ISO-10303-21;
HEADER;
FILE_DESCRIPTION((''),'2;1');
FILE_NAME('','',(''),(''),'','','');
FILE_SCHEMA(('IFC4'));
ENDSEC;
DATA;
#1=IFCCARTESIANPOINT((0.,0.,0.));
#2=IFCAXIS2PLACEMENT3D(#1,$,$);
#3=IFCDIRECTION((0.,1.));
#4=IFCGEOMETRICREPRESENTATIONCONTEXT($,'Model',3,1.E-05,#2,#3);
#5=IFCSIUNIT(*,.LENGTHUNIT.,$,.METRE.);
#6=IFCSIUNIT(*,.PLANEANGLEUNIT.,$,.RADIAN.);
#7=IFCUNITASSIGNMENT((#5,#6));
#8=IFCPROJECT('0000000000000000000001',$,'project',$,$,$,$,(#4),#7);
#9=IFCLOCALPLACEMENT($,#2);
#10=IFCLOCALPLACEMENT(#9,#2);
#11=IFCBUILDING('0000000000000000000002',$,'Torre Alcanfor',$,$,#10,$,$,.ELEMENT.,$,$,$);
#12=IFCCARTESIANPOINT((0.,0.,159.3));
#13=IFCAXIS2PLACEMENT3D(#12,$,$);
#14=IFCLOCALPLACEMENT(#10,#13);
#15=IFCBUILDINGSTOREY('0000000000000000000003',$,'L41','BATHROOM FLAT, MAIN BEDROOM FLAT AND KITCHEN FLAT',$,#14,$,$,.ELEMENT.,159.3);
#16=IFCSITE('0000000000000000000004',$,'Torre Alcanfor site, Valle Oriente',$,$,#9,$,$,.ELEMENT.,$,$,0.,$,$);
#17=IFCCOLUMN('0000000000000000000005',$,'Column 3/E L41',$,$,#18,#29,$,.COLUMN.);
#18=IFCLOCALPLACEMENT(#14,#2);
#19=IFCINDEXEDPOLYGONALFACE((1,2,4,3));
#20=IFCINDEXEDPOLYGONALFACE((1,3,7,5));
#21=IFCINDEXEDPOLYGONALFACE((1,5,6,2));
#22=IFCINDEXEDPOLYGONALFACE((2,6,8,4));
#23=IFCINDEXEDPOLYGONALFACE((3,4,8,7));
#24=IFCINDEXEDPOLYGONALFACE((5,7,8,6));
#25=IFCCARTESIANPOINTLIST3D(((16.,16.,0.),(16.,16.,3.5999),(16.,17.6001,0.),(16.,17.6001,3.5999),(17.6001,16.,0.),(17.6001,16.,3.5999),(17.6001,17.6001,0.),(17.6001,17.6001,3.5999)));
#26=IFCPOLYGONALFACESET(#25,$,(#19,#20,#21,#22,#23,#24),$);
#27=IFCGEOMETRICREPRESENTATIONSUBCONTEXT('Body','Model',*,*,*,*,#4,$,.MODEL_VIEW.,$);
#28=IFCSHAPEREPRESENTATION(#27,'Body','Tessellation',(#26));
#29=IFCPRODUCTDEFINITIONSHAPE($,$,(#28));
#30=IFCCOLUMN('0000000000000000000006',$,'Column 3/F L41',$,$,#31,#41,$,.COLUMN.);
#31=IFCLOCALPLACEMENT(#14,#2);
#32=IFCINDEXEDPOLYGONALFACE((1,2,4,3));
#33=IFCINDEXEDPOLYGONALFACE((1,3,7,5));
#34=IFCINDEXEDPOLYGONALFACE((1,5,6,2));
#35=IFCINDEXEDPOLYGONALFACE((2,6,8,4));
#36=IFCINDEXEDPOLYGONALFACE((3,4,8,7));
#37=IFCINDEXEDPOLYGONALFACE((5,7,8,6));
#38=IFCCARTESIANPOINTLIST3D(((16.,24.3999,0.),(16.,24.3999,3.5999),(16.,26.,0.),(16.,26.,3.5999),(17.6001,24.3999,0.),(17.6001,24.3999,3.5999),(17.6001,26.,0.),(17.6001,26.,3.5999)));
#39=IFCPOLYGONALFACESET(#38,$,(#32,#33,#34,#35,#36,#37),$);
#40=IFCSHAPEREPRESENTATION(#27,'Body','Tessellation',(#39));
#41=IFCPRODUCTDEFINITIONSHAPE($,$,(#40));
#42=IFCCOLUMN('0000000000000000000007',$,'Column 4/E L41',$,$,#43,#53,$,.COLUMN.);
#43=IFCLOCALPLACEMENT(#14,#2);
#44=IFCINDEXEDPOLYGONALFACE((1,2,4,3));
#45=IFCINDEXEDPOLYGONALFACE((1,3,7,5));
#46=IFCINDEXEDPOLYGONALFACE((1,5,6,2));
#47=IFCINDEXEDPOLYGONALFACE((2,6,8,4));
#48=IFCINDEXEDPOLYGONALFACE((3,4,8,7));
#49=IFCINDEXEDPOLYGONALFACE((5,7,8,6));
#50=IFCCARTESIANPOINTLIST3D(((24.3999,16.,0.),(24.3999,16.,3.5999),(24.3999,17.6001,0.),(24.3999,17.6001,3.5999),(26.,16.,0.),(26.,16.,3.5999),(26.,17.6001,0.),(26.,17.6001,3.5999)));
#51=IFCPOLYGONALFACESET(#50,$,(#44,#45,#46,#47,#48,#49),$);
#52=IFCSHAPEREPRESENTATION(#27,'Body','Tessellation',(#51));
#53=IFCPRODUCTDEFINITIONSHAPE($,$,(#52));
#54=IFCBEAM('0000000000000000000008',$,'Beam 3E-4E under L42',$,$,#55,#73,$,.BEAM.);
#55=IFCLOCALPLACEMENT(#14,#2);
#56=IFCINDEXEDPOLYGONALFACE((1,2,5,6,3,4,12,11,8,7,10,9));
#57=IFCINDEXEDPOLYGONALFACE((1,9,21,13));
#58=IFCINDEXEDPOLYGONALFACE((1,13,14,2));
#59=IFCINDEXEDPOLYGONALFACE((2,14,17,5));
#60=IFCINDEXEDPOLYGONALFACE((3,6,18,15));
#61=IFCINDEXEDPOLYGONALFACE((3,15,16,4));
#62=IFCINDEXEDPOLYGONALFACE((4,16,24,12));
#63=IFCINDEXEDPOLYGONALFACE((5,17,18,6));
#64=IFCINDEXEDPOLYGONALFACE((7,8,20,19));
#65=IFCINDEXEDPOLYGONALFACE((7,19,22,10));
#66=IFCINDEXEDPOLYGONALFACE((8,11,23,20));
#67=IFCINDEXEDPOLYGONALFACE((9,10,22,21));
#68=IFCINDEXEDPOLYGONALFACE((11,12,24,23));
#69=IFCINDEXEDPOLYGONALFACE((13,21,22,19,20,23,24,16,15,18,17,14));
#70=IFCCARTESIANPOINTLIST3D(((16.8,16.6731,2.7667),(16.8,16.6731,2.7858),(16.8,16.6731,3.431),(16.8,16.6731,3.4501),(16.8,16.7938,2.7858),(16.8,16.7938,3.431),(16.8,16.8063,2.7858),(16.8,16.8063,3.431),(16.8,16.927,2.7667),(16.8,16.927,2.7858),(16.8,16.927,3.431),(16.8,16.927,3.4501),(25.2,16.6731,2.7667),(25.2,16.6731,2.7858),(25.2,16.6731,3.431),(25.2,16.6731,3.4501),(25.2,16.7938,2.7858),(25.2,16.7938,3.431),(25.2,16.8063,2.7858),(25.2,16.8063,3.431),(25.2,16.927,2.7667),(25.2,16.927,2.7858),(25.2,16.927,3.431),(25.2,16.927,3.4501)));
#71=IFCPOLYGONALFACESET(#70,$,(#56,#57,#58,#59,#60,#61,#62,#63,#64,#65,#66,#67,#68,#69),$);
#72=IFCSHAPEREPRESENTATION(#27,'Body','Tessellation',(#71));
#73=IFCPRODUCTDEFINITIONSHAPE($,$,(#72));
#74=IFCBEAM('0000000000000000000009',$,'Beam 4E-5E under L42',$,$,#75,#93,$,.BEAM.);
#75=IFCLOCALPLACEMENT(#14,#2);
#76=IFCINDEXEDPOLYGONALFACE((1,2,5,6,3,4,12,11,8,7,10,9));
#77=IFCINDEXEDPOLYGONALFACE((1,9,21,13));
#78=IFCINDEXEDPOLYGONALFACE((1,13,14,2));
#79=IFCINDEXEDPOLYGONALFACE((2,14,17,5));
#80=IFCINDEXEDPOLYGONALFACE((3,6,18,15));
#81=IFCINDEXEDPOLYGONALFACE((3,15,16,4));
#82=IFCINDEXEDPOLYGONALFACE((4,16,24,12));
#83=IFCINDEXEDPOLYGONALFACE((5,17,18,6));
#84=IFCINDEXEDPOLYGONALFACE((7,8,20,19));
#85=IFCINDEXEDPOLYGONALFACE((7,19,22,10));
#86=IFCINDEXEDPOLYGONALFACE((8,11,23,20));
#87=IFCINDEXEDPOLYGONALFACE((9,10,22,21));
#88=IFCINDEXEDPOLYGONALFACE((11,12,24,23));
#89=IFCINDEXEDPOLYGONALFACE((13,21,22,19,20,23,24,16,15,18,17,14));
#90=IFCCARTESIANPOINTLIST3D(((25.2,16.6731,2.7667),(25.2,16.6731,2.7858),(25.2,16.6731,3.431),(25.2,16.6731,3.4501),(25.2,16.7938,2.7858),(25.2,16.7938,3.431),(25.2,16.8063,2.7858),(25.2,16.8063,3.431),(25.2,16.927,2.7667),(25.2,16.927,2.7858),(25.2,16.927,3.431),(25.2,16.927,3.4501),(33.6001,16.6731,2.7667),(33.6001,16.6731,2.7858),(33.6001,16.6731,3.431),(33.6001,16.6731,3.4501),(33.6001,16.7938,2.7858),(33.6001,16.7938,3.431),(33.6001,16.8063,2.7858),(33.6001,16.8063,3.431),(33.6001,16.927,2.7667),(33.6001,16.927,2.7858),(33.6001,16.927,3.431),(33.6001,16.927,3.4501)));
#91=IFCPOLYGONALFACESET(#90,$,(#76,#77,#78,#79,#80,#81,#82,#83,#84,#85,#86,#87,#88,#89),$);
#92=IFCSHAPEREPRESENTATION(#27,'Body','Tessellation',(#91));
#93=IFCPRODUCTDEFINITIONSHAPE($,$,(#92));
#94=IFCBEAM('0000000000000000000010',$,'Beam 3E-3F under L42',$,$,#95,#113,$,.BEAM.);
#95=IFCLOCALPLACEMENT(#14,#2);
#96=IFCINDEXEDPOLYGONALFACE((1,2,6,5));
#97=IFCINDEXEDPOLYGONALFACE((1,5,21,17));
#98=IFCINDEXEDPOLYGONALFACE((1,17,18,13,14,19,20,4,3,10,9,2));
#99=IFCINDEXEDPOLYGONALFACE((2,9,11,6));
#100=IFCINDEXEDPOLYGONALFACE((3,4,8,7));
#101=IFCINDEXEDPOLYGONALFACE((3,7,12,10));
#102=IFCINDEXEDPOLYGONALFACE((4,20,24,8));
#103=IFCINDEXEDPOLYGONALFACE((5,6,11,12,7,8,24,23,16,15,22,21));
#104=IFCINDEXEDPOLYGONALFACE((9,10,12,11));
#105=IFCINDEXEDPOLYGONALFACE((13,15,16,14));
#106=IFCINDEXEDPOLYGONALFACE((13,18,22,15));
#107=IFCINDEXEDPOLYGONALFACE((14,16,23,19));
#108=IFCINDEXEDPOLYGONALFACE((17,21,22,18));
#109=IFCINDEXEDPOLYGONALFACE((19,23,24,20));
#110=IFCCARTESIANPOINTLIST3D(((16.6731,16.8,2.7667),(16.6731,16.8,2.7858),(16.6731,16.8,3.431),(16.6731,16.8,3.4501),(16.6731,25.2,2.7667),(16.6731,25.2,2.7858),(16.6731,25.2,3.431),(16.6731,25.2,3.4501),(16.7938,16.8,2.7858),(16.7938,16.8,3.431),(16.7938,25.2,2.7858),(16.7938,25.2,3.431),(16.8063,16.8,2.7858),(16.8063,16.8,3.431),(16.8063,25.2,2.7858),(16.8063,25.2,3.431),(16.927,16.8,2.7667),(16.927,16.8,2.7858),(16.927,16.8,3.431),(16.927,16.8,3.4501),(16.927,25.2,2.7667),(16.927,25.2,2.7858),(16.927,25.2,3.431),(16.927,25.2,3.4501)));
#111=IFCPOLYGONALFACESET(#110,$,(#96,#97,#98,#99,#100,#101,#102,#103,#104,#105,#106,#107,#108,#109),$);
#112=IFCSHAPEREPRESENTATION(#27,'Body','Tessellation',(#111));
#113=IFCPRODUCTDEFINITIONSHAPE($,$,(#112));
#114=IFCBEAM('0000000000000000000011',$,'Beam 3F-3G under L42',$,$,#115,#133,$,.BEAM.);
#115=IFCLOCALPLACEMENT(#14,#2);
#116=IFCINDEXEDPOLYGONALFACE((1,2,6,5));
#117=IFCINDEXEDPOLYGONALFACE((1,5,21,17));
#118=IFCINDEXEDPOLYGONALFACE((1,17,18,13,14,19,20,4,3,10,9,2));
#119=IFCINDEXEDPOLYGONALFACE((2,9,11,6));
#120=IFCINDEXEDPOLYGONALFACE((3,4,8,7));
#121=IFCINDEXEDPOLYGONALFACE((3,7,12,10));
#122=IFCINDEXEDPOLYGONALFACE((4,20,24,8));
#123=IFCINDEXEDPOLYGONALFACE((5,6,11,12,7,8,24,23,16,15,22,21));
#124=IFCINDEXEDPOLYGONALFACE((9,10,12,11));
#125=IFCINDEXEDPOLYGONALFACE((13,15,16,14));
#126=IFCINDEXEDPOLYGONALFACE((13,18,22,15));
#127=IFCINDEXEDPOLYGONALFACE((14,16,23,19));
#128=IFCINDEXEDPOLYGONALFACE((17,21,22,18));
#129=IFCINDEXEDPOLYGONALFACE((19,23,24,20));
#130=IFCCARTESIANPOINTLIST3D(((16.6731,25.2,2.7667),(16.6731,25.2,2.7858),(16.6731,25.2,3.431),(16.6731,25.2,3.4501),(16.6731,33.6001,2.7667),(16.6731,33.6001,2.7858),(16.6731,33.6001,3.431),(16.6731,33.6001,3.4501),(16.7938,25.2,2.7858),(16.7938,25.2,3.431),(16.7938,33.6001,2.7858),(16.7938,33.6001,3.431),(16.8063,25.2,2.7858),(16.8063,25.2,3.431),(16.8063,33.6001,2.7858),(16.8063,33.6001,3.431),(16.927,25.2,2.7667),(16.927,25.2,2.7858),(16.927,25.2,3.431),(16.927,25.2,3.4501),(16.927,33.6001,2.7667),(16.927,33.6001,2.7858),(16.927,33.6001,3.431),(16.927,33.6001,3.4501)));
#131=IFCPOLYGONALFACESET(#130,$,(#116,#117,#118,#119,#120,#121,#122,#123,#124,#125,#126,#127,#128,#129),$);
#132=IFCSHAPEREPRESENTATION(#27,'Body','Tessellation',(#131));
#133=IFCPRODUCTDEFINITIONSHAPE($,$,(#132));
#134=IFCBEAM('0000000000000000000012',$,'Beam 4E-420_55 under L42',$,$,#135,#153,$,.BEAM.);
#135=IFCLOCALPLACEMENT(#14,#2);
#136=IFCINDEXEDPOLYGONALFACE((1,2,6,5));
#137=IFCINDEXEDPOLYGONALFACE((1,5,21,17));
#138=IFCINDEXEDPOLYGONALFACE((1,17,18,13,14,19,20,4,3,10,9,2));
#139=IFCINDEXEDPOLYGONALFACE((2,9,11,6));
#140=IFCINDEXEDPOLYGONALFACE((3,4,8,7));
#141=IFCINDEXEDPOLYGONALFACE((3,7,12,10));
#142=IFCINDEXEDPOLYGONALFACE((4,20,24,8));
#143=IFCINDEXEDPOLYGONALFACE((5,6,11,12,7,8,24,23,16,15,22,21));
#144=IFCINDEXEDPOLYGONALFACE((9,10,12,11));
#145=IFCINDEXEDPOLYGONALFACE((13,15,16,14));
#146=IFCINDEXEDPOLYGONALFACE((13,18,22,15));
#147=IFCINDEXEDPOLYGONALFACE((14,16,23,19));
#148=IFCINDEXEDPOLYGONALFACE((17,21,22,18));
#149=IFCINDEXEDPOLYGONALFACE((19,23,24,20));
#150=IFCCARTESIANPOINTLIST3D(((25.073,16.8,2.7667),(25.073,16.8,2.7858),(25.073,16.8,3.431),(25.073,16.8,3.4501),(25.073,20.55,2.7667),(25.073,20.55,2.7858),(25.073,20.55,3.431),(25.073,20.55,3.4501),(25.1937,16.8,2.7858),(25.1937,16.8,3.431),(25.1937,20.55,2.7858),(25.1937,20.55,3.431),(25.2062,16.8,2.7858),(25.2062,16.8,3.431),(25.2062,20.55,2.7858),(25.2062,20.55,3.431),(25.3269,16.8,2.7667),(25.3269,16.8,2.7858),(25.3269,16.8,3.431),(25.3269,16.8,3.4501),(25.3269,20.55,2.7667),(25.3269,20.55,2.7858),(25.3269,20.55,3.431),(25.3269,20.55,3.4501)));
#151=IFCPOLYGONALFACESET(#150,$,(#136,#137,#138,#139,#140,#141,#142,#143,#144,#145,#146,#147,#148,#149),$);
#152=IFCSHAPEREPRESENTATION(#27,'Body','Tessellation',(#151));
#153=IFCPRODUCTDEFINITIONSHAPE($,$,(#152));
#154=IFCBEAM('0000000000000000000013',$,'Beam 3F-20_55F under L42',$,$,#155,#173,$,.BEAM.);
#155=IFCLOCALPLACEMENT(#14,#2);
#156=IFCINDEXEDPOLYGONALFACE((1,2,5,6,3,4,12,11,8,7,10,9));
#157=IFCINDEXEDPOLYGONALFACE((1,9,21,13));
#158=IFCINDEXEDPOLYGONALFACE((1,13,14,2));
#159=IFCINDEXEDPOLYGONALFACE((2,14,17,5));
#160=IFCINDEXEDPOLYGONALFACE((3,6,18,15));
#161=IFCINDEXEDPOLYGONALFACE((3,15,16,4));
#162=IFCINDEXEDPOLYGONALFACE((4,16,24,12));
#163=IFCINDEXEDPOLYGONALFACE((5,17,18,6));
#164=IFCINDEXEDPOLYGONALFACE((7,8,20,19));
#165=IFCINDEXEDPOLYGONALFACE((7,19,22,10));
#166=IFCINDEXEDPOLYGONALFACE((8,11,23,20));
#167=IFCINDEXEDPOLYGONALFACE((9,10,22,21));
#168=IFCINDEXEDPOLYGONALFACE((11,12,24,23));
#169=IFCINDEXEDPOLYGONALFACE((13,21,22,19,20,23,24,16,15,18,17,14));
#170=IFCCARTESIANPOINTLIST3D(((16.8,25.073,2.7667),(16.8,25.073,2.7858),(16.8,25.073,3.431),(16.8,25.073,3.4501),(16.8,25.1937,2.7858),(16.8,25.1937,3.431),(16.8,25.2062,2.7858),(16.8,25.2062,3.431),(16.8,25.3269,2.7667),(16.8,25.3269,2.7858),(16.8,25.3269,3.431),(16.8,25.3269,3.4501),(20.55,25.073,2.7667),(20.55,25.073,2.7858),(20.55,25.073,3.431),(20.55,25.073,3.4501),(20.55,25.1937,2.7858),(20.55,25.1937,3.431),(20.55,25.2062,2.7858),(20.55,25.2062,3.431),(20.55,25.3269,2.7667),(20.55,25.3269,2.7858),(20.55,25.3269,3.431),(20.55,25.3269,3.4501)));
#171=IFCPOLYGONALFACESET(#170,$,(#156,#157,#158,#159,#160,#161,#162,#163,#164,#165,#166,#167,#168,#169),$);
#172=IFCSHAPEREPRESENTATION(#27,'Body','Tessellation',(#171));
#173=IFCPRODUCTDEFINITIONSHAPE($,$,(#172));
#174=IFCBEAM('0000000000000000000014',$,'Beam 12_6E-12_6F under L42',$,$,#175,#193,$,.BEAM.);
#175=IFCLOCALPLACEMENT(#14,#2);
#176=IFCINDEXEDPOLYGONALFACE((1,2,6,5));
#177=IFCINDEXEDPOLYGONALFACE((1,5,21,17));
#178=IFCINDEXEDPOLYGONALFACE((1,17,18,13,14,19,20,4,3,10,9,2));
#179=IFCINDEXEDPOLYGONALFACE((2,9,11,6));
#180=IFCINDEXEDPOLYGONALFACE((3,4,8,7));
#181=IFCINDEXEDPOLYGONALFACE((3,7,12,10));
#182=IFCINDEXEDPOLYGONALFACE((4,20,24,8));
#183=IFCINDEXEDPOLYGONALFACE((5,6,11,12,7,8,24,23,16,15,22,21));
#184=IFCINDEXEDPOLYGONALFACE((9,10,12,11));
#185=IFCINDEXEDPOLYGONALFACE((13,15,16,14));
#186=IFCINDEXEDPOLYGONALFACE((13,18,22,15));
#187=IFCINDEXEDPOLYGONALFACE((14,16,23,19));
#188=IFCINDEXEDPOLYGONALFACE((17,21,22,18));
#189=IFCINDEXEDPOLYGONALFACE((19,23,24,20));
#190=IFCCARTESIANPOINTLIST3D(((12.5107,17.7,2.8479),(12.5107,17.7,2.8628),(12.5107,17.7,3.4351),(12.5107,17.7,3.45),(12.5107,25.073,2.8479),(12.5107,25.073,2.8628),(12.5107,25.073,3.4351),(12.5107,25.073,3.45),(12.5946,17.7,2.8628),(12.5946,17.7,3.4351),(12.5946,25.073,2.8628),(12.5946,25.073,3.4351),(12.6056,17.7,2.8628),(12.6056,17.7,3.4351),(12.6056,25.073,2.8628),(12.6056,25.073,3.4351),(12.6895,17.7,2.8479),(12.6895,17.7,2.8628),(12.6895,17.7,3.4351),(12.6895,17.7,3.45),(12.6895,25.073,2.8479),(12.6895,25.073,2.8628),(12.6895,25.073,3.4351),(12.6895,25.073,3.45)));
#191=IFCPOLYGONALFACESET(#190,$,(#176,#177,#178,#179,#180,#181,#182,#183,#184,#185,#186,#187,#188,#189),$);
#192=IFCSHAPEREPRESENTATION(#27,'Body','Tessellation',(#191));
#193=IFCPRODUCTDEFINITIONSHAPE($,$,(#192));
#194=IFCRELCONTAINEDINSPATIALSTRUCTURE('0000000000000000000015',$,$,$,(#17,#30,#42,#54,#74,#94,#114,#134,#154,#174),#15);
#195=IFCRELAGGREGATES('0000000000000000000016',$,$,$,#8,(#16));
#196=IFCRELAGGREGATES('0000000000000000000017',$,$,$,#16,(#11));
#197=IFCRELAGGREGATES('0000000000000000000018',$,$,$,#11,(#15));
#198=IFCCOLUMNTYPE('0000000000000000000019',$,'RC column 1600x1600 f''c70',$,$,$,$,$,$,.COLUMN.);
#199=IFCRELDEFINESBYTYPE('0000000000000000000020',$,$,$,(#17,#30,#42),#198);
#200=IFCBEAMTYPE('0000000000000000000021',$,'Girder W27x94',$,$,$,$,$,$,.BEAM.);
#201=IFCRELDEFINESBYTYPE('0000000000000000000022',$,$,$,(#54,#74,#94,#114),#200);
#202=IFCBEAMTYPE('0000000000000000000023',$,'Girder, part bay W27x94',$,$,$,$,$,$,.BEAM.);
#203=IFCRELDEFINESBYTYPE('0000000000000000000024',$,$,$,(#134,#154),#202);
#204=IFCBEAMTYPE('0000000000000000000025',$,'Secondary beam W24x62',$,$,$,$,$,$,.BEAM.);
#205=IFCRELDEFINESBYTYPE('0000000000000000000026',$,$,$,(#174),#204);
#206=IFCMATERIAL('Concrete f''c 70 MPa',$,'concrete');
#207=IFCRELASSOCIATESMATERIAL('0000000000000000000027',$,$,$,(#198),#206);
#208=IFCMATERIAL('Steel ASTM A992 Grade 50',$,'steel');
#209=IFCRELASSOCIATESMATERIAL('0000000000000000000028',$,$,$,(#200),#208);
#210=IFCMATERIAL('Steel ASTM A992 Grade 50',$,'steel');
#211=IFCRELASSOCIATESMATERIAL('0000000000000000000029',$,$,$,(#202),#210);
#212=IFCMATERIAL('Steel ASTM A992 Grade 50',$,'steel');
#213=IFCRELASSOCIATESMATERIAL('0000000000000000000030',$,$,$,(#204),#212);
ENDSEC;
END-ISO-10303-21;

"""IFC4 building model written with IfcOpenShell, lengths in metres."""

from ifc_helpers import new_model, si_unit, direction, frame, origin, origin_2d, place, context, subcontext, project, spatial, rectangle, i_section, extrude, material, material_profile, profile_set, type_object, element, save


model = new_model("IFC4")

# Units and contexts
model_context = context("Model", 3, precision=1e-05, world=origin(), true_north=direction((0.0, 1.0)))
body_context = subcontext(model_context, "Body", "Model", "MODEL_VIEW")
ifc_project = project(units=[si_unit("LENGTHUNIT", "METRE"), si_unit("PLANEANGLEUNIT", "RADIAN")], contexts=[model_context])

# Site, building, storey
site_placement = place(None, origin())
site = spatial("IfcSite", under=ifc_project, at=site_placement, Name="Torre Alcanfor site, Valle Oriente", CompositionType="ELEMENT", RefElevation=0.0)
building_placement = place(site_placement, origin())
building = spatial("IfcBuilding", under=site, at=building_placement, Name="Torre Alcanfor", CompositionType="ELEMENT")
storey_placement = place(building_placement, frame((0.0, 0.0, 159.3)))
storey = spatial("IfcBuildingStorey", under=building, at=storey_placement, Name="L41", Description="BATHROOM FLAT, MAIN BEDROOM FLAT AND KITCHEN FLAT", CompositionType="ELEMENT", Elevation=159.3)

# Columns
ifc_material_1 = material(Name="Concrete f'c 70 MPa", Category="concrete")
ifc_material_profile_1 = material_profile(ifc_material_1, rectangle(XDim=1.6001, YDim=1.6001, at=origin_2d()), Name="1600x1600")
ifc_profile_set_1 = profile_set([ifc_material_profile_1], Name="Concrete f'c 70 MPa")
column_type = type_object("IfcColumnType", Name="RC column 1600x1600 f'c70", PredefinedType="COLUMN", material=ifc_profile_set_1)
for number, where, z_axis, x_axis, name in (
    (1, (16.8, 16.8, 0.0), (0.0, 0.0, 1.0), (1.0, 0.0, 0.0), "Column 3/E L41"),
    (2, (16.8, 25.2, 0.0), (0.0, 0.0, 1.0), (1.0, 0.0, 0.0), "Column 3/F L41"),
    (3, (25.2, 16.8, 0.0), (0.0, 0.0, 1.0), (1.0, 0.0, 0.0), "Column 4/E L41"),
):
    element("IfcColumn", number, at=place(storey_placement, frame(where, z_axis=z_axis, x_axis=x_axis)), inside=storey, type_object=column_type, Name=name, PredefinedType="COLUMN", context=body_context, shape_type="SweptSolid", body=[
        extrude(rectangle(XDim=1.6001, YDim=1.6001, at=origin_2d()), origin(), (0.0, 0.0, 1.0), 3.5999),
    ])

# Beams
ifc_material_2 = material(Name="Steel ASTM A992 Grade 50", Category="steel")
ifc_material_profile_2 = material_profile(ifc_material_2, i_section(OverallWidth=0.2539, OverallDepth=0.6833, WebThickness=0.0125, FlangeThickness=0.019, at=origin_2d()), Name="W27x94")
ifc_profile_set_2 = profile_set([ifc_material_profile_2], Name="Steel ASTM A992 Grade 50")
beam_type_1 = type_object("IfcBeamType", Name="Girder W27x94", PredefinedType="BEAM", material=ifc_profile_set_2)
beam_1_placement = place(storey_placement, frame((16.8, 16.8, 3.1084), z_axis=(1.0, 0.0, 0.0), x_axis=(0.0, 1.0, 0.0)))
element("IfcBeam", 4, at=beam_1_placement, inside=storey, type_object=beam_type_1, Name="Beam 3E-4E under L42", PredefinedType="BEAM", context=body_context, shape_type="SweptSolid", body=[
    extrude(i_section(OverallWidth=0.2539, OverallDepth=0.6833, WebThickness=0.0125, FlangeThickness=0.019, at=origin_2d()), origin(), (0.0, 0.0, 1.0), 8.3999),
])
beam_2_placement = place(storey_placement, frame((25.2, 16.8, 3.1084), z_axis=(1.0, 0.0, 0.0), x_axis=(0.0, 1.0, 0.0)))
element("IfcBeam", 5, at=beam_2_placement, inside=storey, type_object=beam_type_1, Name="Beam 4E-5E under L42", PredefinedType="BEAM", context=body_context, shape_type="SweptSolid", body=[
    extrude(i_section(OverallWidth=0.2539, OverallDepth=0.6833, WebThickness=0.0125, FlangeThickness=0.019, at=origin_2d()), origin(), (0.0, 0.0, 1.0), 8.4001),
])
beam_3_placement = place(storey_placement, frame((16.8, 16.8, 3.1084), z_axis=(0.0, 1.0, 0.0), x_axis=(-1.0, 0.0, 0.0)))
element("IfcBeam", 6, at=beam_3_placement, inside=storey, type_object=beam_type_1, Name="Beam 3E-3F under L42", PredefinedType="BEAM", context=body_context, shape_type="SweptSolid", body=[
    extrude(i_section(OverallWidth=0.2539, OverallDepth=0.6833, WebThickness=0.0125, FlangeThickness=0.019, at=origin_2d()), origin(), (0.0, 0.0, 1.0), 8.3999),
])
beam_4_placement = place(storey_placement, frame((16.8, 25.2, 3.1084), z_axis=(0.0, 1.0, 0.0), x_axis=(-1.0, 0.0, 0.0)))
element("IfcBeam", 7, at=beam_4_placement, inside=storey, type_object=beam_type_1, Name="Beam 3F-3G under L42", PredefinedType="BEAM", context=body_context, shape_type="SweptSolid", body=[
    extrude(i_section(OverallWidth=0.2539, OverallDepth=0.6833, WebThickness=0.0125, FlangeThickness=0.019, at=origin_2d()), origin(), (0.0, 0.0, 1.0), 8.4001),
])
ifc_material_3 = material(Name="Steel ASTM A992 Grade 50", Category="steel")
ifc_material_profile_3 = material_profile(ifc_material_3, i_section(OverallWidth=0.2539, OverallDepth=0.6833, WebThickness=0.0125, FlangeThickness=0.019, at=origin_2d()), Name="W27x94")
ifc_profile_set_3 = profile_set([ifc_material_profile_3], Name="Steel ASTM A992 Grade 50")
beam_type_2 = type_object("IfcBeamType", Name="Girder, part bay W27x94", PredefinedType="BEAM", material=ifc_profile_set_3)
for number, where, z_axis, x_axis, name in (
    (8, (25.2, 16.8, 3.1084), (0.0, 1.0, 0.0), (-1.0, 0.0, 0.0), "Beam 4E-420_55 under L42"),
    (9, (16.8, 25.2, 3.1084), (1.0, 0.0, 0.0), (0.0, 1.0, 0.0), "Beam 3F-20_55F under L42"),
):
    element("IfcBeam", number, at=place(storey_placement, frame(where, z_axis=z_axis, x_axis=x_axis)), inside=storey, type_object=beam_type_2, Name=name, PredefinedType="BEAM", context=body_context, shape_type="SweptSolid", body=[
        extrude(i_section(OverallWidth=0.2539, OverallDepth=0.6833, WebThickness=0.0125, FlangeThickness=0.019, at=origin_2d()), origin(), (0.0, 0.0, 1.0), 3.75),
    ])
ifc_material_4 = material(Name="Steel ASTM A992 Grade 50", Category="steel")
ifc_material_profile_4 = material_profile(ifc_material_4, i_section(OverallWidth=0.1787, OverallDepth=0.6021, WebThickness=0.011, FlangeThickness=0.0149, at=origin_2d()), Name="W24x62")
ifc_profile_set_4 = profile_set([ifc_material_profile_4], Name="Steel ASTM A992 Grade 50")
beam_type_3 = type_object("IfcBeamType", Name="Secondary beam W24x62", PredefinedType="BEAM", material=ifc_profile_set_4)
beam_5_placement = place(storey_placement, frame((12.6001, 17.7, 3.1489), z_axis=(0.0, 1.0, 0.0), x_axis=(-1.0, 0.0, 0.0)))
element("IfcBeam", 10, at=beam_5_placement, inside=storey, type_object=beam_type_3, Name="Beam 12_6E-12_6F under L42", PredefinedType="BEAM", context=body_context, shape_type="SweptSolid", body=[
    extrude(i_section(OverallWidth=0.1787, OverallDepth=0.6021, WebThickness=0.011, FlangeThickness=0.0149, at=origin_2d()), origin(), (0.0, 0.0, 1.0), 7.373),
])

save(model, "model.ifc")
